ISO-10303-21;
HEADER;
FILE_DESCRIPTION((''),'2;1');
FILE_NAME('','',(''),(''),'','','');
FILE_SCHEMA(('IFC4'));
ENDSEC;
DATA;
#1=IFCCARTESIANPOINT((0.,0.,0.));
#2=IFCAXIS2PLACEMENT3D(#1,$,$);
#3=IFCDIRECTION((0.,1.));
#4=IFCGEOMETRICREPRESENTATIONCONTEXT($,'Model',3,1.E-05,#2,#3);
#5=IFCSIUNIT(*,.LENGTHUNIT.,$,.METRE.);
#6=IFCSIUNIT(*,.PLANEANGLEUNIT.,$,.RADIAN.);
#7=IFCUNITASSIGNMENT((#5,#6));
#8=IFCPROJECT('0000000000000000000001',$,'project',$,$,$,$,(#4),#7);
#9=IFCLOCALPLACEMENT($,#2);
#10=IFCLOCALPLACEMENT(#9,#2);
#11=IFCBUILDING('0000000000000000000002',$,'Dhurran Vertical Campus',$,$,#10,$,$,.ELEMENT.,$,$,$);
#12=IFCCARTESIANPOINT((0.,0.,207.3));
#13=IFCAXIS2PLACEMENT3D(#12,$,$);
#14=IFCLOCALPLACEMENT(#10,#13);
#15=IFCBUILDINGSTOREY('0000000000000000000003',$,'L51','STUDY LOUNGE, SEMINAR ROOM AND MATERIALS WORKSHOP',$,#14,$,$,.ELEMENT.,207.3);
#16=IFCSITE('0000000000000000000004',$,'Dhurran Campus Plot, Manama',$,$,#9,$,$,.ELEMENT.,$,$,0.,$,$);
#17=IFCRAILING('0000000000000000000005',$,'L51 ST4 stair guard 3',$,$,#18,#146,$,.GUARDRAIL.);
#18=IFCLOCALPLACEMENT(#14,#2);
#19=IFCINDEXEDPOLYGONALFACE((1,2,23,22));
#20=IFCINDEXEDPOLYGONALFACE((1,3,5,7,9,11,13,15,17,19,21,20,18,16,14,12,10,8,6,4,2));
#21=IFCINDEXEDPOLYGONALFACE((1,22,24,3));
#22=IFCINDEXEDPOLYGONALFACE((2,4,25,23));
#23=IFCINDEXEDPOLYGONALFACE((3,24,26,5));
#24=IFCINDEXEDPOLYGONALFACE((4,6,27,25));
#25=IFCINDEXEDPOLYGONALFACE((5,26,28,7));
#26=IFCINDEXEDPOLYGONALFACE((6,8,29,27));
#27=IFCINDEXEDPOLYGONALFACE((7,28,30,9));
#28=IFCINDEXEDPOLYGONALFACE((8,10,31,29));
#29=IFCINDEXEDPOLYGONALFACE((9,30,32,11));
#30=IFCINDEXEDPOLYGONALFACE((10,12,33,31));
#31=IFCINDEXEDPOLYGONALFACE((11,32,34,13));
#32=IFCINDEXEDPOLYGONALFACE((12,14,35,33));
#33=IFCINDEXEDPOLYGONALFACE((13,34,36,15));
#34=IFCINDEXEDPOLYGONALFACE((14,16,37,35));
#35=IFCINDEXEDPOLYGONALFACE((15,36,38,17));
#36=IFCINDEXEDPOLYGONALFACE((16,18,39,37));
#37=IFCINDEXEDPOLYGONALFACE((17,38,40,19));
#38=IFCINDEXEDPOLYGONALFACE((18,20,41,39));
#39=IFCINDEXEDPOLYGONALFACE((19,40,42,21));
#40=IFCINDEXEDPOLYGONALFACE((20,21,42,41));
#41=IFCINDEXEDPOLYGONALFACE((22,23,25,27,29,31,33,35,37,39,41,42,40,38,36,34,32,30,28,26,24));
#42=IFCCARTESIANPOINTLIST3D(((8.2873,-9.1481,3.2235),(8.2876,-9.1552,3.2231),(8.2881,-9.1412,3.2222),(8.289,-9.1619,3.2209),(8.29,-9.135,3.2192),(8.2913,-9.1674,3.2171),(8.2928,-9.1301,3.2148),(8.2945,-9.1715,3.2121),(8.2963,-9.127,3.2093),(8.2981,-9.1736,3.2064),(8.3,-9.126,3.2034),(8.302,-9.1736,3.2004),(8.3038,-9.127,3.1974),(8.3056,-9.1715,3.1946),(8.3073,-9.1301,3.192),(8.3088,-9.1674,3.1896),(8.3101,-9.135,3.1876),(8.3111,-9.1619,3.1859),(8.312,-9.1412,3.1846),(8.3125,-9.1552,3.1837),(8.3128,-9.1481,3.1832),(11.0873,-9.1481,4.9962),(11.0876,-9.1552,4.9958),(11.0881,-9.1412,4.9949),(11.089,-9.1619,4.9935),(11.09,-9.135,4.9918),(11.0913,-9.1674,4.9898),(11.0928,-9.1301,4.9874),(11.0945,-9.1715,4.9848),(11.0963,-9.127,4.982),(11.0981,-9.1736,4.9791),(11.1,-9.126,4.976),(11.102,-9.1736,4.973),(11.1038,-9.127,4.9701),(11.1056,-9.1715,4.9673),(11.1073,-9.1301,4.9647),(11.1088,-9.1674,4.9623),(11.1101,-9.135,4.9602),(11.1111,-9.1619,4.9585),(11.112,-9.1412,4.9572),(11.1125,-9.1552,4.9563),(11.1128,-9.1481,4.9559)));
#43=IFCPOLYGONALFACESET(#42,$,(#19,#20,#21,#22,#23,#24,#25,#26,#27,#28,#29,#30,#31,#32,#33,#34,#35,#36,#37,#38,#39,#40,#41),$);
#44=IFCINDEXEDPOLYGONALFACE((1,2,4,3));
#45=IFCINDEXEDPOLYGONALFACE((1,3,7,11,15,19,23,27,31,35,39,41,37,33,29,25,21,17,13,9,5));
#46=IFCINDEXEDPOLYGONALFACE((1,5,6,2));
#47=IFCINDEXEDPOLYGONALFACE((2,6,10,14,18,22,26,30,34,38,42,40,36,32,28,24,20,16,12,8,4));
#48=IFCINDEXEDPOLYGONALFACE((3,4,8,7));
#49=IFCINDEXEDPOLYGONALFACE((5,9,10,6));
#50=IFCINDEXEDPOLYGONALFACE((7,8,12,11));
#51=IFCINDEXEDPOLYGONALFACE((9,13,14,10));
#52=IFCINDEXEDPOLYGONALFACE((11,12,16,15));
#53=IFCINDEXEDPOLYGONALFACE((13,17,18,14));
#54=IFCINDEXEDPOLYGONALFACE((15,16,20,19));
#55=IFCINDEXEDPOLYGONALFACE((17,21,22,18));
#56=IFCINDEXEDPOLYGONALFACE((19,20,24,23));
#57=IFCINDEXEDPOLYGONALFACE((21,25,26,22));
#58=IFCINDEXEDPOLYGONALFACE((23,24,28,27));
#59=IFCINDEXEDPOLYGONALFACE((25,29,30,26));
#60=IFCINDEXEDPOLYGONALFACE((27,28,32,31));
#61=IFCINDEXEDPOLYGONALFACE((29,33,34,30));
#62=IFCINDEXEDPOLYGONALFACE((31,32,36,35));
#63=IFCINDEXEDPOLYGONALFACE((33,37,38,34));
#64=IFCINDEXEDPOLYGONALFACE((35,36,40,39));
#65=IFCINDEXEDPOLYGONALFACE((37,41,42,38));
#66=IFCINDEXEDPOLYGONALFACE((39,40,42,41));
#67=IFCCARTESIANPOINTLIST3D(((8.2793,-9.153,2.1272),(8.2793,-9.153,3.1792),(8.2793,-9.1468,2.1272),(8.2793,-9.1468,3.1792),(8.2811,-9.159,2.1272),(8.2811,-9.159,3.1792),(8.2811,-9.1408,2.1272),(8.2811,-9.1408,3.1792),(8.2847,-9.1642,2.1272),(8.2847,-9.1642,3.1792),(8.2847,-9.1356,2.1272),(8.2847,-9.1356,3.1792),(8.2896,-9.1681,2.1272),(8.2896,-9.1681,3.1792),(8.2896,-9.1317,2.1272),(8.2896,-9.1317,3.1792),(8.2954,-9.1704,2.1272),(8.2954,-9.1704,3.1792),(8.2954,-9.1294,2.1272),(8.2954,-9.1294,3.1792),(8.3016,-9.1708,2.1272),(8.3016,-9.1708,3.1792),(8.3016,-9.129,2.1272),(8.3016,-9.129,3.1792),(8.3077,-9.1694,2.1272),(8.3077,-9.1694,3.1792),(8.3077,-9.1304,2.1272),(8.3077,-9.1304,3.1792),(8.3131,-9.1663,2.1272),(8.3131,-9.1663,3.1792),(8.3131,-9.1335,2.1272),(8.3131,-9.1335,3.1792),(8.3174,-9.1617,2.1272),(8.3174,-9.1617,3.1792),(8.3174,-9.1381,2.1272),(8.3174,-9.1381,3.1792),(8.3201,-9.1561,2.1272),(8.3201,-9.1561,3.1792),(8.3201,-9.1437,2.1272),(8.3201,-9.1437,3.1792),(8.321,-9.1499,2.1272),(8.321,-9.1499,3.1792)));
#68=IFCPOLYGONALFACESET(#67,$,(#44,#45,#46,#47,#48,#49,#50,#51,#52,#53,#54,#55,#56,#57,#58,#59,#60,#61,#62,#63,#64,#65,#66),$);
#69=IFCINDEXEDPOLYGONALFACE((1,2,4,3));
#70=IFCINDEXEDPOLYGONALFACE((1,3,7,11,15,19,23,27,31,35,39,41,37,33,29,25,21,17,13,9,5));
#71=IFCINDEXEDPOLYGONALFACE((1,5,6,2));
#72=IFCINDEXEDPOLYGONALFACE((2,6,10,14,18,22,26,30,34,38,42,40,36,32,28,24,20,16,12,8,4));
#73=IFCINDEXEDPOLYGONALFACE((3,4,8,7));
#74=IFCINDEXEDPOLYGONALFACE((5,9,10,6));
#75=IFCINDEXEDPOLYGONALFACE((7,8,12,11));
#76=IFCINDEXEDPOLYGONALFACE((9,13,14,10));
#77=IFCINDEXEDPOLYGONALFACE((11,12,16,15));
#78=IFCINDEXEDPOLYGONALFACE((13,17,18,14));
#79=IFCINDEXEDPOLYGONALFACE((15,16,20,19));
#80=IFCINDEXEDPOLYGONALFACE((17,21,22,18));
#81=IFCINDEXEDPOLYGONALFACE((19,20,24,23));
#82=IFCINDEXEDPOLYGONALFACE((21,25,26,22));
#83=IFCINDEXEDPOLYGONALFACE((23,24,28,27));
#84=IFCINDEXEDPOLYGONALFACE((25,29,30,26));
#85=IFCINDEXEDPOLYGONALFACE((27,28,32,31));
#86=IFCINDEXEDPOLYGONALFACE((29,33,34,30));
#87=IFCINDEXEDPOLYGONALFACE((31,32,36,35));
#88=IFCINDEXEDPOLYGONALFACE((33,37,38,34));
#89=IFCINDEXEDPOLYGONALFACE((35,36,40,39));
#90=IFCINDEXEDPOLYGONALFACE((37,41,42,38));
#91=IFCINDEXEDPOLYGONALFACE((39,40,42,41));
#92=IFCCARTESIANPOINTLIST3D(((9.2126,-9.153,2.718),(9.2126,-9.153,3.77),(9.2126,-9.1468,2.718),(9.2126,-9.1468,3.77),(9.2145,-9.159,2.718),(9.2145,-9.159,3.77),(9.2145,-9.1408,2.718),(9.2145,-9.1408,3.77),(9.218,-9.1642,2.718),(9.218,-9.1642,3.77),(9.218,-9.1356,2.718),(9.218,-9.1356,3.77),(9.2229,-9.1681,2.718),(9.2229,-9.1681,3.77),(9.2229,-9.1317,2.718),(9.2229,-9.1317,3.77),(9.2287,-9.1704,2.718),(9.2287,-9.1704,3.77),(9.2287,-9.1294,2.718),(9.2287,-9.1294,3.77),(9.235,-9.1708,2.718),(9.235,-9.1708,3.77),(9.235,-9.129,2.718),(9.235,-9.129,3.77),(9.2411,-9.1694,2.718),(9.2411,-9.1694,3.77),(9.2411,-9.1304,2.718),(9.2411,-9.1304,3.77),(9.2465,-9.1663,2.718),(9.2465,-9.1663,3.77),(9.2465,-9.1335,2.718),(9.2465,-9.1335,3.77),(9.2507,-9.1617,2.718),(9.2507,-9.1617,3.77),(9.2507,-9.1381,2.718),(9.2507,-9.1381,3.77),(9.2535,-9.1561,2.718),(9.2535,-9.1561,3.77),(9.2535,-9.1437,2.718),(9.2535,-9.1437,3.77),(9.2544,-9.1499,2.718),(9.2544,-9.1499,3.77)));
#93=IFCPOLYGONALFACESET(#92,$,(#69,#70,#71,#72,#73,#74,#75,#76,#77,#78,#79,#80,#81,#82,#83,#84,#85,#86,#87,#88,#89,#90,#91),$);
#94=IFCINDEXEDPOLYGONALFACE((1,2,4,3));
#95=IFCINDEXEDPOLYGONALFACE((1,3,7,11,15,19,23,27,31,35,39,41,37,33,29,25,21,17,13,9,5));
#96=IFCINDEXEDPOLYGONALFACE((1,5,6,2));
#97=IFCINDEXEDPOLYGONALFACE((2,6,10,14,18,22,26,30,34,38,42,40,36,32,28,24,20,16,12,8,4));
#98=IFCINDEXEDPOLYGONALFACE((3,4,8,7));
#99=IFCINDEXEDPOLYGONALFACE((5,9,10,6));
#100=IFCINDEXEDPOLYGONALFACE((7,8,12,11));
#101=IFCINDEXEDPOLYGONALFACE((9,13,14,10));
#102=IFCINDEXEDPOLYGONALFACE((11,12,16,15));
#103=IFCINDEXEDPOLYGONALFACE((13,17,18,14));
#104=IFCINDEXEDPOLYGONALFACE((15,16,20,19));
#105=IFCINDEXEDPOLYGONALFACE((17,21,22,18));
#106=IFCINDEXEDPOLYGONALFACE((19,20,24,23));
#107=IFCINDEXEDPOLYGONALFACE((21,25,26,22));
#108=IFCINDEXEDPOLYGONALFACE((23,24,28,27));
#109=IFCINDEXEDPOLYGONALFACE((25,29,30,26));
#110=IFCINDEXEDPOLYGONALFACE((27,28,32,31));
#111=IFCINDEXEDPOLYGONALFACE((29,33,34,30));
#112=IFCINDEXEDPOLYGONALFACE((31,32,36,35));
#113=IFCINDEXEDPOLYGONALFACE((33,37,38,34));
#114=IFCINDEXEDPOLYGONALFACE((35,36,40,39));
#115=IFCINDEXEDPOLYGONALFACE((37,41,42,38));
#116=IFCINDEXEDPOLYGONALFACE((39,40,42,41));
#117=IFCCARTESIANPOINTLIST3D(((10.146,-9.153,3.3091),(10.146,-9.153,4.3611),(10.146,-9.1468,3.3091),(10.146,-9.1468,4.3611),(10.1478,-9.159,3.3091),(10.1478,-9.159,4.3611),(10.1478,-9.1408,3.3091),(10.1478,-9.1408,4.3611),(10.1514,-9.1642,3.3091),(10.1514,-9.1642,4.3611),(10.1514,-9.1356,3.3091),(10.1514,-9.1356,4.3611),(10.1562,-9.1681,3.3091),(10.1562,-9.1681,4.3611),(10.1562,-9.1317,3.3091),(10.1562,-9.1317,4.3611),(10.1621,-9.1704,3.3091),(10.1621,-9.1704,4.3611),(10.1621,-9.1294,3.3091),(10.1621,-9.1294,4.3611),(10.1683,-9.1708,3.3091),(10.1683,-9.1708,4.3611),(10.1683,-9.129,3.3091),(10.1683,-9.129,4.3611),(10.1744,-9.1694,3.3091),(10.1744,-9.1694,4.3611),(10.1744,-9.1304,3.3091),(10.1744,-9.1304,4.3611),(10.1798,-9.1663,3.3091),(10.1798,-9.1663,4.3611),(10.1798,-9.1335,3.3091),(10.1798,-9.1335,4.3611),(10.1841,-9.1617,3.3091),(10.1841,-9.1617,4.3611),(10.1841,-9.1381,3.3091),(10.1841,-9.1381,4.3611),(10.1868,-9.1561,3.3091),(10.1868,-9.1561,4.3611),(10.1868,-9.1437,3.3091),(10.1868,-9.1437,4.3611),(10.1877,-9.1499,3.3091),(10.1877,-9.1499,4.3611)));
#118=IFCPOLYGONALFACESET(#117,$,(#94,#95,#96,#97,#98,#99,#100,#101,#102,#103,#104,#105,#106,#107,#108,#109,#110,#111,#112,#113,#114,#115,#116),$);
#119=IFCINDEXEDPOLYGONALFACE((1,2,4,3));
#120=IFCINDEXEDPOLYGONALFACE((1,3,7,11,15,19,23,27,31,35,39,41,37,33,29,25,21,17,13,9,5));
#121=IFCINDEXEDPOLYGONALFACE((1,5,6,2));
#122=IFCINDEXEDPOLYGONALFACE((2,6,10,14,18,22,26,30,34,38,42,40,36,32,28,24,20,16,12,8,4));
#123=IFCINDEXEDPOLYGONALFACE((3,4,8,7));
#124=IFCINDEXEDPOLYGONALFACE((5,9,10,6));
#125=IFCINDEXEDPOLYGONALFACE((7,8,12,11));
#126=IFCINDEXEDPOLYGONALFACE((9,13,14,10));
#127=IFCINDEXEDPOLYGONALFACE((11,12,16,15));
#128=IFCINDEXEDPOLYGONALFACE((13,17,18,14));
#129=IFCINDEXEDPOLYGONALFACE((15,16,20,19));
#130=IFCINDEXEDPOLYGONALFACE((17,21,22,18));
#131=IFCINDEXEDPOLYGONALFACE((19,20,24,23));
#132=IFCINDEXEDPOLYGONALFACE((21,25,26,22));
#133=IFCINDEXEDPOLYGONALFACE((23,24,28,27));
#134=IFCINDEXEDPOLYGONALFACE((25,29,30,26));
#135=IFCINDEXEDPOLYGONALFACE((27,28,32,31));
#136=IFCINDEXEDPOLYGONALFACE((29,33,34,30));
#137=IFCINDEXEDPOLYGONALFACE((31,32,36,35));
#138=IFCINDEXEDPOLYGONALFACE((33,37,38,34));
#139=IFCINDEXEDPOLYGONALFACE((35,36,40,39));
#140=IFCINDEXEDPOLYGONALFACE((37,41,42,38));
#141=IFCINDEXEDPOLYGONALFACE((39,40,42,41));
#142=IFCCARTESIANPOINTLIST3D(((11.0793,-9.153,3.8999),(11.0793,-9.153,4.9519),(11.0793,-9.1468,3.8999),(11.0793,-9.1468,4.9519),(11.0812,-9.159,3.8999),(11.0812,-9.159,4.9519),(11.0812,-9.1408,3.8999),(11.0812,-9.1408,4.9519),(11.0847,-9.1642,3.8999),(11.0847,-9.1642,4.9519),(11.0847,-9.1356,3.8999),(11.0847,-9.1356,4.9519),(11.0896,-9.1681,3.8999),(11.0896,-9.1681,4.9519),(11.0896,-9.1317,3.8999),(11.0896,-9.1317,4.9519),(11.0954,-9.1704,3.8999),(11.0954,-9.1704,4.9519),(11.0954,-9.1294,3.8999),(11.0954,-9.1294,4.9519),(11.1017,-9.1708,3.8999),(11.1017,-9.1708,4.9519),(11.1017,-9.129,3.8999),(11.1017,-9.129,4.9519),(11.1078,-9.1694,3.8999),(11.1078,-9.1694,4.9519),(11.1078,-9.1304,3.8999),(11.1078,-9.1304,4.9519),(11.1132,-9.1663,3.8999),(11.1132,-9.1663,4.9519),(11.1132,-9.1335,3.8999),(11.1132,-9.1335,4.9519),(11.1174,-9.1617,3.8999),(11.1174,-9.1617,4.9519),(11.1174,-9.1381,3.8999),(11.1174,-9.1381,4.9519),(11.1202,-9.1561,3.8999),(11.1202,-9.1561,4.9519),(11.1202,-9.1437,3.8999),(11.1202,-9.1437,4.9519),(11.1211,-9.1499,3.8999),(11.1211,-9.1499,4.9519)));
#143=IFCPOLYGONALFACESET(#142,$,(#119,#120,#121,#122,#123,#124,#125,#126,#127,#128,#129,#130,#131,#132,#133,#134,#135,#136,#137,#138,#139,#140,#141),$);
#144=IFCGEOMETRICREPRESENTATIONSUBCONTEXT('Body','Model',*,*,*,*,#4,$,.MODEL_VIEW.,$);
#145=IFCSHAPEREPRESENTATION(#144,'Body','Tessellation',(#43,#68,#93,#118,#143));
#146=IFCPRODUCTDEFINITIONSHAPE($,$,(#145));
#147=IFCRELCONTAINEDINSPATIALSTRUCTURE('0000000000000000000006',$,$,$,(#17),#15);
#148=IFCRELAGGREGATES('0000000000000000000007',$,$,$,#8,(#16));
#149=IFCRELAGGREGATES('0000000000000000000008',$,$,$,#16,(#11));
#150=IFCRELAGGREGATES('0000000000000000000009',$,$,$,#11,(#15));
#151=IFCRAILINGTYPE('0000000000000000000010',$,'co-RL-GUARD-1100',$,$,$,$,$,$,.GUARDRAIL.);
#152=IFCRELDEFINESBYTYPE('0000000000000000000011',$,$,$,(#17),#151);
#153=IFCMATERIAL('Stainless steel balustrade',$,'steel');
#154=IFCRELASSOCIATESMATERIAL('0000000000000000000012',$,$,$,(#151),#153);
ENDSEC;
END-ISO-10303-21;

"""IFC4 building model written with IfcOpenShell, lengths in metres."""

from ifc_helpers import new_model, si_unit, direction, frame, origin, origin_2d, place, context, subcontext, project, spatial, circle, extrude, material, type_object, element, save


model = new_model("IFC4")

# Units and contexts
model_context = context("Model", 3, precision=1e-05, world=origin(), true_north=direction((0.0, 1.0)))
body_context = subcontext(model_context, "Body", "Model", "MODEL_VIEW")
ifc_project = project(units=[si_unit("LENGTHUNIT", "METRE"), si_unit("PLANEANGLEUNIT", "RADIAN")], contexts=[model_context])

# Site, building, storey
site_placement = place(None, origin())
site = spatial("IfcSite", under=ifc_project, at=site_placement, Name="Dhurran Campus Plot, Manama", CompositionType="ELEMENT", RefElevation=0.0)
building_placement = place(site_placement, origin())
building = spatial("IfcBuilding", under=site, at=building_placement, Name="Dhurran Vertical Campus", CompositionType="ELEMENT")
storey_placement = place(building_placement, frame((0.0, 0.0, 207.3)))
storey = spatial("IfcBuildingStorey", under=building, at=storey_placement, Name="L51", Description="STUDY LOUNGE, SEMINAR ROOM AND MATERIALS WORKSHOP", CompositionType="ELEMENT", Elevation=207.3)

# Railing
ifc_material_1 = material(Name="Stainless steel balustrade", Category="steel")
railing_type_1 = type_object("IfcRailingType", Name="co-RL-GUARD-1100", PredefinedType="GUARDRAIL", material=ifc_material_1)
railing_1_placement = place(storey_placement, frame((8.3, -9.1499, 2.1272)))
element("IfcRailing", 1, at=railing_1_placement, inside=storey, type_object=railing_type_1, Name="L51 ST4 stair guard 3", PredefinedType="GUARDRAIL", context=body_context, shape_type="SweptSolid", body=[
    extrude(circle(Radius=0.0239, at=origin_2d()), frame((0.0, 0.0, 1.0762), z_axis=(0.844909, 0.0, 0.53491), x_axis=(0.0, 1.0, 0.0)), (0.0, 0.0, 1.0), 3.314),
    extrude(circle(Radius=0.021, at=origin_2d()), origin(), (0.0, 0.0, 1.0), 1.052),
    extrude(circle(Radius=0.021, at=origin_2d()), frame((0.9333, 0.0, 0.5908)), (0.0, 0.0, 1.0), 1.052),
    extrude(circle(Radius=0.021, at=origin_2d()), frame((1.8667, 0.0, 1.1819)), (0.0, 0.0, 1.0), 1.052),
    extrude(circle(Radius=0.021, at=origin_2d()), frame((2.8, 0.0, 1.7727)), (0.0, 0.0, 1.0), 1.052),
])

save(model, "model.ifc")
